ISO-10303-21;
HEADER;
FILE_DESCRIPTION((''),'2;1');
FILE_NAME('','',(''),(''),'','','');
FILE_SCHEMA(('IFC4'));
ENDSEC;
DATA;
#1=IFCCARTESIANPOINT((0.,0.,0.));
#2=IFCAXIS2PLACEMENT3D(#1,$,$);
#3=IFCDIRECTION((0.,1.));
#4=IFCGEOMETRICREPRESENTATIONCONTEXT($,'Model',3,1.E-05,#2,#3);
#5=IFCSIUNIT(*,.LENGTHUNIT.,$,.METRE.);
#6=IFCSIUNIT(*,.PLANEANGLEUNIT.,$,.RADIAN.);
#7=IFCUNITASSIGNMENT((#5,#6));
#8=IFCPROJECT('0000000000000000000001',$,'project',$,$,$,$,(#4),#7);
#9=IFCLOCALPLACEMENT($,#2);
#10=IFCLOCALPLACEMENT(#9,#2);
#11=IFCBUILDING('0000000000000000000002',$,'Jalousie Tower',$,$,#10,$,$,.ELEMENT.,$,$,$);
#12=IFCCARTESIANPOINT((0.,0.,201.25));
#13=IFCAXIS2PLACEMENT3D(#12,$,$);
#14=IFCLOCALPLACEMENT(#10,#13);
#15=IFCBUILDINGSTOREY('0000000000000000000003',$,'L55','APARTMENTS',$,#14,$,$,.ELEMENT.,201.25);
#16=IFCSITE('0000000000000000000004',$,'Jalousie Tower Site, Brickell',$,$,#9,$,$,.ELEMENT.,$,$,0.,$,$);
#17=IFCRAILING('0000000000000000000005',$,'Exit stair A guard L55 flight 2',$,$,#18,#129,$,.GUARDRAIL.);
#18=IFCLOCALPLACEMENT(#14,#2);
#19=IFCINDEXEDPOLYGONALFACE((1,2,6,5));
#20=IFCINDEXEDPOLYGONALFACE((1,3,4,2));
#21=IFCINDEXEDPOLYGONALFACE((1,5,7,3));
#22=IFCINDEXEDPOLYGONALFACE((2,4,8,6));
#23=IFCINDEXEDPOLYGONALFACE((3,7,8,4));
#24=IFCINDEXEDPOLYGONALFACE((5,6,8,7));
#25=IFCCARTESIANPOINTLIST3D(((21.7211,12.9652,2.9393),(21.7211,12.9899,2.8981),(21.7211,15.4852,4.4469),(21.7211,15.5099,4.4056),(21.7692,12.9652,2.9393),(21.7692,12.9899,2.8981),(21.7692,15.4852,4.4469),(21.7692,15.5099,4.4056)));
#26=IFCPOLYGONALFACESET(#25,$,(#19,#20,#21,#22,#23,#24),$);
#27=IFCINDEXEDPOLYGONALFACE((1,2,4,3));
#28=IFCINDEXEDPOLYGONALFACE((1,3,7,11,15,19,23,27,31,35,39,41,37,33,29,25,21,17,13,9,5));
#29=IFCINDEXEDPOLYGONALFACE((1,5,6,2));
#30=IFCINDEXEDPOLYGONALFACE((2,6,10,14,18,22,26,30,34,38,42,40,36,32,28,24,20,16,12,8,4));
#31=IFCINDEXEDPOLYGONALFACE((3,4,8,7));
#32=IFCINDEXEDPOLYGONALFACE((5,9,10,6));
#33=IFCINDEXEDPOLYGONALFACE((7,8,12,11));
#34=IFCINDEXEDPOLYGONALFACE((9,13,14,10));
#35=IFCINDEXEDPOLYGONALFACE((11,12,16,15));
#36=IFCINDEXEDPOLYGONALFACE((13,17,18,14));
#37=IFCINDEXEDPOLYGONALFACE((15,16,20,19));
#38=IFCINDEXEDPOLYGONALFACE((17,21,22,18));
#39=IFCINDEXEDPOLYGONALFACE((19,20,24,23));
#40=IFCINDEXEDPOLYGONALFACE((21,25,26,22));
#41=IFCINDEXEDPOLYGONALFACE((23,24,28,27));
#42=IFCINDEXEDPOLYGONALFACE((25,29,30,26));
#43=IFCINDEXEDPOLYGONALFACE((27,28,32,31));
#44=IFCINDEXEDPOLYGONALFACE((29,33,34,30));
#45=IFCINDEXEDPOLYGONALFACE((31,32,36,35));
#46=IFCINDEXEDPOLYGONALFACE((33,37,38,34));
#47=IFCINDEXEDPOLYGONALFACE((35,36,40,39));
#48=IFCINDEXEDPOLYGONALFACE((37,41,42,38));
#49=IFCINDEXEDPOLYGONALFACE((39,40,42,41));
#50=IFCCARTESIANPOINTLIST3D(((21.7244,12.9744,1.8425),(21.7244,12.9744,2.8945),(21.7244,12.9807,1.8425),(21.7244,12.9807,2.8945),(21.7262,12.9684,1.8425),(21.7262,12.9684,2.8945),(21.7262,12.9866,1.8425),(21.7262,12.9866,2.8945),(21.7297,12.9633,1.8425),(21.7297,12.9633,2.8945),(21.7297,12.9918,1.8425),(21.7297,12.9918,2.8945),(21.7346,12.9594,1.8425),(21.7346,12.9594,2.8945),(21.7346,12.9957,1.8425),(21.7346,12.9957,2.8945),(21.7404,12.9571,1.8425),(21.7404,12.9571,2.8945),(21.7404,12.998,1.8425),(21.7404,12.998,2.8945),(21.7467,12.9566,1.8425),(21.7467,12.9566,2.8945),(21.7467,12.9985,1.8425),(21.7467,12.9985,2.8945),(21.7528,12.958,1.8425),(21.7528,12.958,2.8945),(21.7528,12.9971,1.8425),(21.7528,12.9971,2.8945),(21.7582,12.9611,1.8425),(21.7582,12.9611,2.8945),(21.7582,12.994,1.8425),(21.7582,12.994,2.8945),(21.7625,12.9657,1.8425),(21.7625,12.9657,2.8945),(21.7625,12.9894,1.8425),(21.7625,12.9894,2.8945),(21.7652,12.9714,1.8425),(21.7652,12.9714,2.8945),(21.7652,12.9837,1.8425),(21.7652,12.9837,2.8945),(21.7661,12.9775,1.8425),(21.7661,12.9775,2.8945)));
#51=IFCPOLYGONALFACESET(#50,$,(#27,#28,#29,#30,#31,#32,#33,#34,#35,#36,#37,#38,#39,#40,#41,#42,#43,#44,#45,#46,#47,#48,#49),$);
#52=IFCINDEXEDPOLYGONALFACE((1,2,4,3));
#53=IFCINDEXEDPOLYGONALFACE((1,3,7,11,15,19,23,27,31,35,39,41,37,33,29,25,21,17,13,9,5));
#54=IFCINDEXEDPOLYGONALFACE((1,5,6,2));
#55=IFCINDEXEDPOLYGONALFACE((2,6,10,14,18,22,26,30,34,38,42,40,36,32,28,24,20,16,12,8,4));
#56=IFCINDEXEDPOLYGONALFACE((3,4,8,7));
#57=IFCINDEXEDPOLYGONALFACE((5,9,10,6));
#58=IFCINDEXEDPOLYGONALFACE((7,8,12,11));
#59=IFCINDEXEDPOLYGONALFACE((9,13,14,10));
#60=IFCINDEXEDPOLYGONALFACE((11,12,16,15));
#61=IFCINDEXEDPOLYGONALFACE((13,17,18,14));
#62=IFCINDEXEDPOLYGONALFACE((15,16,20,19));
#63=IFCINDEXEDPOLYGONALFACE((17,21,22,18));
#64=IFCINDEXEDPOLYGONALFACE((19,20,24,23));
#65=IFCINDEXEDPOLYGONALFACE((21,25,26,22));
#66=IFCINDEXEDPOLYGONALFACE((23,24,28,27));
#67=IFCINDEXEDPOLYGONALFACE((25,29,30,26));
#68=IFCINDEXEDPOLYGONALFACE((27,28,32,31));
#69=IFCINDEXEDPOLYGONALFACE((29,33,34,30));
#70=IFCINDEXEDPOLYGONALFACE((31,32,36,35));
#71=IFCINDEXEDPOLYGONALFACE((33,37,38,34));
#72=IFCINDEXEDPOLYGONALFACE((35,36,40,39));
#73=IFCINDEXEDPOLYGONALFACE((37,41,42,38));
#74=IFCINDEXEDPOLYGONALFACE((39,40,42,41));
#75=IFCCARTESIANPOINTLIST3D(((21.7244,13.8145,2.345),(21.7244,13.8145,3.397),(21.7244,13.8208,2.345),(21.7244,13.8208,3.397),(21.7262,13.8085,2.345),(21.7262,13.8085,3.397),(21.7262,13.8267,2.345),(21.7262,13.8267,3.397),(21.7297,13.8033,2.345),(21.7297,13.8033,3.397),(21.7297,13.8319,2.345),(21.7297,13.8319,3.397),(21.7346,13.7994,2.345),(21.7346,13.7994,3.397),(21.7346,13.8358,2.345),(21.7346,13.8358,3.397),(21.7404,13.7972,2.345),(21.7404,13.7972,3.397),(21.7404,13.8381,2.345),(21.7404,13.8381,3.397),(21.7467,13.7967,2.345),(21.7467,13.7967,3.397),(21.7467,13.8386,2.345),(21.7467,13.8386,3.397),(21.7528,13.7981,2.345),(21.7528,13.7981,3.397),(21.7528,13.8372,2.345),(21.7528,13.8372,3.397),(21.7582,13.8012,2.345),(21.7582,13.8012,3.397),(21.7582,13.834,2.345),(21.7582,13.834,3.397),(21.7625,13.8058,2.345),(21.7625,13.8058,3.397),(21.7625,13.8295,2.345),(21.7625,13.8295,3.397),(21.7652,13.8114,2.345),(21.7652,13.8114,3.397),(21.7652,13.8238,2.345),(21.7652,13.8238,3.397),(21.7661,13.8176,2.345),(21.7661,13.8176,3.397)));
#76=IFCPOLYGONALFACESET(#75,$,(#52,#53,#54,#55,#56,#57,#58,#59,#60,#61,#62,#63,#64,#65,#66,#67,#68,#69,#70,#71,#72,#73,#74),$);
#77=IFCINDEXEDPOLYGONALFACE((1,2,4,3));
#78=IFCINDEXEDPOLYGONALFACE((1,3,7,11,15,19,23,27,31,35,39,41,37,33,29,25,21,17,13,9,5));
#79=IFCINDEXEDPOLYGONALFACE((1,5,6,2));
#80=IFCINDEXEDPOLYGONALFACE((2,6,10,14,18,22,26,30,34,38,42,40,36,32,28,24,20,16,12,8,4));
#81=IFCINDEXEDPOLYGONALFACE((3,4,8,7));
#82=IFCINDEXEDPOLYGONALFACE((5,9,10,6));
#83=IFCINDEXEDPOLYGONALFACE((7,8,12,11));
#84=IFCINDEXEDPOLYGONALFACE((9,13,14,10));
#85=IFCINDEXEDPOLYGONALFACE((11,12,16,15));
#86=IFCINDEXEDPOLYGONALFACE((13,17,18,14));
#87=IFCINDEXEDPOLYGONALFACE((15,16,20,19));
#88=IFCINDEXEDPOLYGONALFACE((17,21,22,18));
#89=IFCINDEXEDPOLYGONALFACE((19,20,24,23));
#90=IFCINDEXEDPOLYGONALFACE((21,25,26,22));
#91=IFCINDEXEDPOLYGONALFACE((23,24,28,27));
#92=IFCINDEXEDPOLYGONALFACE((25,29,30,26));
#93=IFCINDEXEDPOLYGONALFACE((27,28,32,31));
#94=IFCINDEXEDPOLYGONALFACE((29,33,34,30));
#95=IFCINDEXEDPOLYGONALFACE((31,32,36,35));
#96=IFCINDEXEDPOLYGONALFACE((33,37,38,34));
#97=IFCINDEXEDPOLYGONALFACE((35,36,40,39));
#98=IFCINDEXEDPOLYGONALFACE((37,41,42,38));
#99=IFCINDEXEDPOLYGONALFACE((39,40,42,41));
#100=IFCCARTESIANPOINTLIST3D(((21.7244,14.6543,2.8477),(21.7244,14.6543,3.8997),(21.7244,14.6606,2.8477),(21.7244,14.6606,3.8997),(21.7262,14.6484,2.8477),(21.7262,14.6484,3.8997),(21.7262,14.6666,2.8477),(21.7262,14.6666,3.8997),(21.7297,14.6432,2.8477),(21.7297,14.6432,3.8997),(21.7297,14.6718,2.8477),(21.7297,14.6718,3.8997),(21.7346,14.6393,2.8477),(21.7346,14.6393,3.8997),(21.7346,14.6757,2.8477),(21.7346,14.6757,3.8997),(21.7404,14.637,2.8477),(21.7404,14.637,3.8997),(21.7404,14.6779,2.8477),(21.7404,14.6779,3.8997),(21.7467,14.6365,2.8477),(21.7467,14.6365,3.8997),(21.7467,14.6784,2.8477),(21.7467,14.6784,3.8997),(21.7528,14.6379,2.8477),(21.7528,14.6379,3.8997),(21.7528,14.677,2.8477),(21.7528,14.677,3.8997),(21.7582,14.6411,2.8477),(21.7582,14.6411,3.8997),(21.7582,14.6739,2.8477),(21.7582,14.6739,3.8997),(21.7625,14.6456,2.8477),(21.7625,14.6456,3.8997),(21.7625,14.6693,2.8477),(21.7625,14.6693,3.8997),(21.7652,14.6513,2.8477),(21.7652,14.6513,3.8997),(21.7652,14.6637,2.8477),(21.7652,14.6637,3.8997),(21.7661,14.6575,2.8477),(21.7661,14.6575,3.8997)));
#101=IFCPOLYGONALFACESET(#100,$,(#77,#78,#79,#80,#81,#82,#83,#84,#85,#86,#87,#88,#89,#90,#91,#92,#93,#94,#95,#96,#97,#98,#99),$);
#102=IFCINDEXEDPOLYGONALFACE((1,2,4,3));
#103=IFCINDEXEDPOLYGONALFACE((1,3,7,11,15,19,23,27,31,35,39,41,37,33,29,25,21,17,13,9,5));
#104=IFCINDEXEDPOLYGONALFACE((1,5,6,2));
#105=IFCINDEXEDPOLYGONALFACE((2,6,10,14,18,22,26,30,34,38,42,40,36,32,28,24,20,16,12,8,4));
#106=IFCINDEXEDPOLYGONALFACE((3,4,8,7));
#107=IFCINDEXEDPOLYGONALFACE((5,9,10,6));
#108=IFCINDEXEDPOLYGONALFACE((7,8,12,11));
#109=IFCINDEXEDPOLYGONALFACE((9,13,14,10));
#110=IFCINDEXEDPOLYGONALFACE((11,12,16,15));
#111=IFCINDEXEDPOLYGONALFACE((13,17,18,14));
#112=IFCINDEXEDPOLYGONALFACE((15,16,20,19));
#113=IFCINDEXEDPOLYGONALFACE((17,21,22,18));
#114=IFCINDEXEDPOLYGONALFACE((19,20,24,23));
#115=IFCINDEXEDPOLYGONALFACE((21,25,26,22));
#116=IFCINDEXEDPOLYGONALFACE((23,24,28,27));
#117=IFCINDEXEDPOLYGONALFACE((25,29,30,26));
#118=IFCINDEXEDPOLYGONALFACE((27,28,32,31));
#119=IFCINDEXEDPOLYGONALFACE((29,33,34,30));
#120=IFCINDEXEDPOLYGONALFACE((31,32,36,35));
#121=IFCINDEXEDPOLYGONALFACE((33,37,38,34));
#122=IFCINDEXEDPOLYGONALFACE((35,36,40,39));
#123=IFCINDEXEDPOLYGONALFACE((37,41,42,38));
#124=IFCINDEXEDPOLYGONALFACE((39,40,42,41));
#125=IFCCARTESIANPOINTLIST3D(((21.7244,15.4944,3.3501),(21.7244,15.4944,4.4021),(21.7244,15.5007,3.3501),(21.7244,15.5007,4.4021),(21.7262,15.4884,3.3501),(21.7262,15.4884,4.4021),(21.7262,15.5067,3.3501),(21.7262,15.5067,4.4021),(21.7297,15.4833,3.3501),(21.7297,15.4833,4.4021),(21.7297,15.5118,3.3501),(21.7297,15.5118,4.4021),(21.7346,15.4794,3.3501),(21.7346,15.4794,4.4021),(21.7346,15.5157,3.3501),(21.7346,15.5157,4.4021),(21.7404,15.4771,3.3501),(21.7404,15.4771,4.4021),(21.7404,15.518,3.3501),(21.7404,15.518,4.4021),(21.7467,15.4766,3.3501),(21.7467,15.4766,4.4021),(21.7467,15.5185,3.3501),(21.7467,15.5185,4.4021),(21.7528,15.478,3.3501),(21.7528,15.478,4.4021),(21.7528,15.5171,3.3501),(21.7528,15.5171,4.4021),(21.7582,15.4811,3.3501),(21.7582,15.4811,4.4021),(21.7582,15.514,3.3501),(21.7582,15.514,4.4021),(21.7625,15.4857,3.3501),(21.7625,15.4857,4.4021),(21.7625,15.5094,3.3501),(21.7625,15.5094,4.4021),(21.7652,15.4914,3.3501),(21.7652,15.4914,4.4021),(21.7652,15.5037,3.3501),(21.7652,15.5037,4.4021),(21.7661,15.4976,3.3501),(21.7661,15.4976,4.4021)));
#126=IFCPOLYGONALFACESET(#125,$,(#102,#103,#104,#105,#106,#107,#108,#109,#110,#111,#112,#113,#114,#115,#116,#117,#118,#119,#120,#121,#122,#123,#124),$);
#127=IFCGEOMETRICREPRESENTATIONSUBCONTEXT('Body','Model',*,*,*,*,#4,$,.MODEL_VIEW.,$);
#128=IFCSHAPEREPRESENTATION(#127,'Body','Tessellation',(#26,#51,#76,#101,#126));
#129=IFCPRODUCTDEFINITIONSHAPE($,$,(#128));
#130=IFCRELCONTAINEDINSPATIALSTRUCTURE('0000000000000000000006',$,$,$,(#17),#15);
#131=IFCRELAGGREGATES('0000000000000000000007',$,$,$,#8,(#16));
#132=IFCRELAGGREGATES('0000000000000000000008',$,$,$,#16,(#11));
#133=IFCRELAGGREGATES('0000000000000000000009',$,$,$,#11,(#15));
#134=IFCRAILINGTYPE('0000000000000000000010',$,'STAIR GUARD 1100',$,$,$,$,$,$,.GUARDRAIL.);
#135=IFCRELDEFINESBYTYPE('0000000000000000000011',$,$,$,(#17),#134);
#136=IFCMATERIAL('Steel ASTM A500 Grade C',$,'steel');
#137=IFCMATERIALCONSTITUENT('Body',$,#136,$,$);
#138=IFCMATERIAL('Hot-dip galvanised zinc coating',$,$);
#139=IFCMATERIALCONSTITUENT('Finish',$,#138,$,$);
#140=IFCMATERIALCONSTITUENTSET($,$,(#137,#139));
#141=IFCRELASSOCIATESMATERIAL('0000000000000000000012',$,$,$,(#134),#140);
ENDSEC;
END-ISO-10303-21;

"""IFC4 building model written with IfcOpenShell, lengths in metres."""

from ifc_helpers import new_model, si_unit, direction, frame, origin, origin_2d, place, context, subcontext, project, spatial, rectangle, circle, extrude, material, constituent, constituent_set, type_object, element, save


model = new_model("IFC4")

# Units and contexts
model_context = context("Model", 3, precision=1e-05, world=origin(), true_north=direction((0.0, 1.0)))
body_context = subcontext(model_context, "Body", "Model", "MODEL_VIEW")
ifc_project = project(units=[si_unit("LENGTHUNIT", "METRE"), si_unit("PLANEANGLEUNIT", "RADIAN")], contexts=[model_context])

# Site, building, storey
site_placement = place(None, origin())
site = spatial("IfcSite", under=ifc_project, at=site_placement, Name="Jalousie Tower Site, Brickell", CompositionType="ELEMENT", RefElevation=0.0)
building_placement = place(site_placement, origin())
building = spatial("IfcBuilding", under=site, at=building_placement, Name="Jalousie Tower", CompositionType="ELEMENT")
storey_placement = place(building_placement, frame((0.0, 0.0, 201.25)))
storey = spatial("IfcBuildingStorey", under=building, at=storey_placement, Name="L55", Description="APARTMENTS", CompositionType="ELEMENT", Elevation=201.25)

# Railing
ifc_material_1 = material(Name="Steel ASTM A500 Grade C", Category="steel")
ifc_constituent_1 = constituent(ifc_material_1, Name="Body")
ifc_material_2 = material(Name="Hot-dip galvanised zinc coating")
ifc_constituent_2 = constituent(ifc_material_2, Name="Finish")
ifc_constituent_set_1 = constituent_set(constituents=[ifc_constituent_1, ifc_constituent_2])
railing_type_1 = type_object("IfcRailingType", Name="STAIR GUARD 1100", PredefinedType="GUARDRAIL", material=ifc_constituent_set_1)
railing_1_placement = place(storey_placement, frame((21.7451, 12.9775, 1.8425)))
element("IfcRailing", 1, at=railing_1_placement, inside=storey, type_object=railing_type_1, Name="Exit stair A guard L55 flight 2", PredefinedType="GUARDRAIL", context=body_context, shape_type="SweptSolid", body=[
    extrude(rectangle(XDim=0.0481, YDim=0.0481, at=origin_2d()), frame((0.0, 0.0, 1.0762), z_axis=(0.0, 0.85816, 0.513383), x_axis=(-1.0, 0.0, 0.0)), (0.0, 0.0, 1.0), 2.9365),
    extrude(circle(Radius=0.021, at=origin_2d()), origin(), (0.0, 0.0, 1.0), 1.052),
    extrude(circle(Radius=0.021, at=origin_2d()), frame((0.0, 0.8401, 0.5024)), (0.0, 0.0, 1.0), 1.052),
    extrude(circle(Radius=0.021, at=origin_2d()), frame((0.0, 1.6799, 1.0051)), (0.0, 0.0, 1.0), 1.052),
    extrude(circle(Radius=0.021, at=origin_2d()), frame((0.0, 2.52, 1.5076)), (0.0, 0.0, 1.0), 1.052),
])

save(model, "model.ifc")
